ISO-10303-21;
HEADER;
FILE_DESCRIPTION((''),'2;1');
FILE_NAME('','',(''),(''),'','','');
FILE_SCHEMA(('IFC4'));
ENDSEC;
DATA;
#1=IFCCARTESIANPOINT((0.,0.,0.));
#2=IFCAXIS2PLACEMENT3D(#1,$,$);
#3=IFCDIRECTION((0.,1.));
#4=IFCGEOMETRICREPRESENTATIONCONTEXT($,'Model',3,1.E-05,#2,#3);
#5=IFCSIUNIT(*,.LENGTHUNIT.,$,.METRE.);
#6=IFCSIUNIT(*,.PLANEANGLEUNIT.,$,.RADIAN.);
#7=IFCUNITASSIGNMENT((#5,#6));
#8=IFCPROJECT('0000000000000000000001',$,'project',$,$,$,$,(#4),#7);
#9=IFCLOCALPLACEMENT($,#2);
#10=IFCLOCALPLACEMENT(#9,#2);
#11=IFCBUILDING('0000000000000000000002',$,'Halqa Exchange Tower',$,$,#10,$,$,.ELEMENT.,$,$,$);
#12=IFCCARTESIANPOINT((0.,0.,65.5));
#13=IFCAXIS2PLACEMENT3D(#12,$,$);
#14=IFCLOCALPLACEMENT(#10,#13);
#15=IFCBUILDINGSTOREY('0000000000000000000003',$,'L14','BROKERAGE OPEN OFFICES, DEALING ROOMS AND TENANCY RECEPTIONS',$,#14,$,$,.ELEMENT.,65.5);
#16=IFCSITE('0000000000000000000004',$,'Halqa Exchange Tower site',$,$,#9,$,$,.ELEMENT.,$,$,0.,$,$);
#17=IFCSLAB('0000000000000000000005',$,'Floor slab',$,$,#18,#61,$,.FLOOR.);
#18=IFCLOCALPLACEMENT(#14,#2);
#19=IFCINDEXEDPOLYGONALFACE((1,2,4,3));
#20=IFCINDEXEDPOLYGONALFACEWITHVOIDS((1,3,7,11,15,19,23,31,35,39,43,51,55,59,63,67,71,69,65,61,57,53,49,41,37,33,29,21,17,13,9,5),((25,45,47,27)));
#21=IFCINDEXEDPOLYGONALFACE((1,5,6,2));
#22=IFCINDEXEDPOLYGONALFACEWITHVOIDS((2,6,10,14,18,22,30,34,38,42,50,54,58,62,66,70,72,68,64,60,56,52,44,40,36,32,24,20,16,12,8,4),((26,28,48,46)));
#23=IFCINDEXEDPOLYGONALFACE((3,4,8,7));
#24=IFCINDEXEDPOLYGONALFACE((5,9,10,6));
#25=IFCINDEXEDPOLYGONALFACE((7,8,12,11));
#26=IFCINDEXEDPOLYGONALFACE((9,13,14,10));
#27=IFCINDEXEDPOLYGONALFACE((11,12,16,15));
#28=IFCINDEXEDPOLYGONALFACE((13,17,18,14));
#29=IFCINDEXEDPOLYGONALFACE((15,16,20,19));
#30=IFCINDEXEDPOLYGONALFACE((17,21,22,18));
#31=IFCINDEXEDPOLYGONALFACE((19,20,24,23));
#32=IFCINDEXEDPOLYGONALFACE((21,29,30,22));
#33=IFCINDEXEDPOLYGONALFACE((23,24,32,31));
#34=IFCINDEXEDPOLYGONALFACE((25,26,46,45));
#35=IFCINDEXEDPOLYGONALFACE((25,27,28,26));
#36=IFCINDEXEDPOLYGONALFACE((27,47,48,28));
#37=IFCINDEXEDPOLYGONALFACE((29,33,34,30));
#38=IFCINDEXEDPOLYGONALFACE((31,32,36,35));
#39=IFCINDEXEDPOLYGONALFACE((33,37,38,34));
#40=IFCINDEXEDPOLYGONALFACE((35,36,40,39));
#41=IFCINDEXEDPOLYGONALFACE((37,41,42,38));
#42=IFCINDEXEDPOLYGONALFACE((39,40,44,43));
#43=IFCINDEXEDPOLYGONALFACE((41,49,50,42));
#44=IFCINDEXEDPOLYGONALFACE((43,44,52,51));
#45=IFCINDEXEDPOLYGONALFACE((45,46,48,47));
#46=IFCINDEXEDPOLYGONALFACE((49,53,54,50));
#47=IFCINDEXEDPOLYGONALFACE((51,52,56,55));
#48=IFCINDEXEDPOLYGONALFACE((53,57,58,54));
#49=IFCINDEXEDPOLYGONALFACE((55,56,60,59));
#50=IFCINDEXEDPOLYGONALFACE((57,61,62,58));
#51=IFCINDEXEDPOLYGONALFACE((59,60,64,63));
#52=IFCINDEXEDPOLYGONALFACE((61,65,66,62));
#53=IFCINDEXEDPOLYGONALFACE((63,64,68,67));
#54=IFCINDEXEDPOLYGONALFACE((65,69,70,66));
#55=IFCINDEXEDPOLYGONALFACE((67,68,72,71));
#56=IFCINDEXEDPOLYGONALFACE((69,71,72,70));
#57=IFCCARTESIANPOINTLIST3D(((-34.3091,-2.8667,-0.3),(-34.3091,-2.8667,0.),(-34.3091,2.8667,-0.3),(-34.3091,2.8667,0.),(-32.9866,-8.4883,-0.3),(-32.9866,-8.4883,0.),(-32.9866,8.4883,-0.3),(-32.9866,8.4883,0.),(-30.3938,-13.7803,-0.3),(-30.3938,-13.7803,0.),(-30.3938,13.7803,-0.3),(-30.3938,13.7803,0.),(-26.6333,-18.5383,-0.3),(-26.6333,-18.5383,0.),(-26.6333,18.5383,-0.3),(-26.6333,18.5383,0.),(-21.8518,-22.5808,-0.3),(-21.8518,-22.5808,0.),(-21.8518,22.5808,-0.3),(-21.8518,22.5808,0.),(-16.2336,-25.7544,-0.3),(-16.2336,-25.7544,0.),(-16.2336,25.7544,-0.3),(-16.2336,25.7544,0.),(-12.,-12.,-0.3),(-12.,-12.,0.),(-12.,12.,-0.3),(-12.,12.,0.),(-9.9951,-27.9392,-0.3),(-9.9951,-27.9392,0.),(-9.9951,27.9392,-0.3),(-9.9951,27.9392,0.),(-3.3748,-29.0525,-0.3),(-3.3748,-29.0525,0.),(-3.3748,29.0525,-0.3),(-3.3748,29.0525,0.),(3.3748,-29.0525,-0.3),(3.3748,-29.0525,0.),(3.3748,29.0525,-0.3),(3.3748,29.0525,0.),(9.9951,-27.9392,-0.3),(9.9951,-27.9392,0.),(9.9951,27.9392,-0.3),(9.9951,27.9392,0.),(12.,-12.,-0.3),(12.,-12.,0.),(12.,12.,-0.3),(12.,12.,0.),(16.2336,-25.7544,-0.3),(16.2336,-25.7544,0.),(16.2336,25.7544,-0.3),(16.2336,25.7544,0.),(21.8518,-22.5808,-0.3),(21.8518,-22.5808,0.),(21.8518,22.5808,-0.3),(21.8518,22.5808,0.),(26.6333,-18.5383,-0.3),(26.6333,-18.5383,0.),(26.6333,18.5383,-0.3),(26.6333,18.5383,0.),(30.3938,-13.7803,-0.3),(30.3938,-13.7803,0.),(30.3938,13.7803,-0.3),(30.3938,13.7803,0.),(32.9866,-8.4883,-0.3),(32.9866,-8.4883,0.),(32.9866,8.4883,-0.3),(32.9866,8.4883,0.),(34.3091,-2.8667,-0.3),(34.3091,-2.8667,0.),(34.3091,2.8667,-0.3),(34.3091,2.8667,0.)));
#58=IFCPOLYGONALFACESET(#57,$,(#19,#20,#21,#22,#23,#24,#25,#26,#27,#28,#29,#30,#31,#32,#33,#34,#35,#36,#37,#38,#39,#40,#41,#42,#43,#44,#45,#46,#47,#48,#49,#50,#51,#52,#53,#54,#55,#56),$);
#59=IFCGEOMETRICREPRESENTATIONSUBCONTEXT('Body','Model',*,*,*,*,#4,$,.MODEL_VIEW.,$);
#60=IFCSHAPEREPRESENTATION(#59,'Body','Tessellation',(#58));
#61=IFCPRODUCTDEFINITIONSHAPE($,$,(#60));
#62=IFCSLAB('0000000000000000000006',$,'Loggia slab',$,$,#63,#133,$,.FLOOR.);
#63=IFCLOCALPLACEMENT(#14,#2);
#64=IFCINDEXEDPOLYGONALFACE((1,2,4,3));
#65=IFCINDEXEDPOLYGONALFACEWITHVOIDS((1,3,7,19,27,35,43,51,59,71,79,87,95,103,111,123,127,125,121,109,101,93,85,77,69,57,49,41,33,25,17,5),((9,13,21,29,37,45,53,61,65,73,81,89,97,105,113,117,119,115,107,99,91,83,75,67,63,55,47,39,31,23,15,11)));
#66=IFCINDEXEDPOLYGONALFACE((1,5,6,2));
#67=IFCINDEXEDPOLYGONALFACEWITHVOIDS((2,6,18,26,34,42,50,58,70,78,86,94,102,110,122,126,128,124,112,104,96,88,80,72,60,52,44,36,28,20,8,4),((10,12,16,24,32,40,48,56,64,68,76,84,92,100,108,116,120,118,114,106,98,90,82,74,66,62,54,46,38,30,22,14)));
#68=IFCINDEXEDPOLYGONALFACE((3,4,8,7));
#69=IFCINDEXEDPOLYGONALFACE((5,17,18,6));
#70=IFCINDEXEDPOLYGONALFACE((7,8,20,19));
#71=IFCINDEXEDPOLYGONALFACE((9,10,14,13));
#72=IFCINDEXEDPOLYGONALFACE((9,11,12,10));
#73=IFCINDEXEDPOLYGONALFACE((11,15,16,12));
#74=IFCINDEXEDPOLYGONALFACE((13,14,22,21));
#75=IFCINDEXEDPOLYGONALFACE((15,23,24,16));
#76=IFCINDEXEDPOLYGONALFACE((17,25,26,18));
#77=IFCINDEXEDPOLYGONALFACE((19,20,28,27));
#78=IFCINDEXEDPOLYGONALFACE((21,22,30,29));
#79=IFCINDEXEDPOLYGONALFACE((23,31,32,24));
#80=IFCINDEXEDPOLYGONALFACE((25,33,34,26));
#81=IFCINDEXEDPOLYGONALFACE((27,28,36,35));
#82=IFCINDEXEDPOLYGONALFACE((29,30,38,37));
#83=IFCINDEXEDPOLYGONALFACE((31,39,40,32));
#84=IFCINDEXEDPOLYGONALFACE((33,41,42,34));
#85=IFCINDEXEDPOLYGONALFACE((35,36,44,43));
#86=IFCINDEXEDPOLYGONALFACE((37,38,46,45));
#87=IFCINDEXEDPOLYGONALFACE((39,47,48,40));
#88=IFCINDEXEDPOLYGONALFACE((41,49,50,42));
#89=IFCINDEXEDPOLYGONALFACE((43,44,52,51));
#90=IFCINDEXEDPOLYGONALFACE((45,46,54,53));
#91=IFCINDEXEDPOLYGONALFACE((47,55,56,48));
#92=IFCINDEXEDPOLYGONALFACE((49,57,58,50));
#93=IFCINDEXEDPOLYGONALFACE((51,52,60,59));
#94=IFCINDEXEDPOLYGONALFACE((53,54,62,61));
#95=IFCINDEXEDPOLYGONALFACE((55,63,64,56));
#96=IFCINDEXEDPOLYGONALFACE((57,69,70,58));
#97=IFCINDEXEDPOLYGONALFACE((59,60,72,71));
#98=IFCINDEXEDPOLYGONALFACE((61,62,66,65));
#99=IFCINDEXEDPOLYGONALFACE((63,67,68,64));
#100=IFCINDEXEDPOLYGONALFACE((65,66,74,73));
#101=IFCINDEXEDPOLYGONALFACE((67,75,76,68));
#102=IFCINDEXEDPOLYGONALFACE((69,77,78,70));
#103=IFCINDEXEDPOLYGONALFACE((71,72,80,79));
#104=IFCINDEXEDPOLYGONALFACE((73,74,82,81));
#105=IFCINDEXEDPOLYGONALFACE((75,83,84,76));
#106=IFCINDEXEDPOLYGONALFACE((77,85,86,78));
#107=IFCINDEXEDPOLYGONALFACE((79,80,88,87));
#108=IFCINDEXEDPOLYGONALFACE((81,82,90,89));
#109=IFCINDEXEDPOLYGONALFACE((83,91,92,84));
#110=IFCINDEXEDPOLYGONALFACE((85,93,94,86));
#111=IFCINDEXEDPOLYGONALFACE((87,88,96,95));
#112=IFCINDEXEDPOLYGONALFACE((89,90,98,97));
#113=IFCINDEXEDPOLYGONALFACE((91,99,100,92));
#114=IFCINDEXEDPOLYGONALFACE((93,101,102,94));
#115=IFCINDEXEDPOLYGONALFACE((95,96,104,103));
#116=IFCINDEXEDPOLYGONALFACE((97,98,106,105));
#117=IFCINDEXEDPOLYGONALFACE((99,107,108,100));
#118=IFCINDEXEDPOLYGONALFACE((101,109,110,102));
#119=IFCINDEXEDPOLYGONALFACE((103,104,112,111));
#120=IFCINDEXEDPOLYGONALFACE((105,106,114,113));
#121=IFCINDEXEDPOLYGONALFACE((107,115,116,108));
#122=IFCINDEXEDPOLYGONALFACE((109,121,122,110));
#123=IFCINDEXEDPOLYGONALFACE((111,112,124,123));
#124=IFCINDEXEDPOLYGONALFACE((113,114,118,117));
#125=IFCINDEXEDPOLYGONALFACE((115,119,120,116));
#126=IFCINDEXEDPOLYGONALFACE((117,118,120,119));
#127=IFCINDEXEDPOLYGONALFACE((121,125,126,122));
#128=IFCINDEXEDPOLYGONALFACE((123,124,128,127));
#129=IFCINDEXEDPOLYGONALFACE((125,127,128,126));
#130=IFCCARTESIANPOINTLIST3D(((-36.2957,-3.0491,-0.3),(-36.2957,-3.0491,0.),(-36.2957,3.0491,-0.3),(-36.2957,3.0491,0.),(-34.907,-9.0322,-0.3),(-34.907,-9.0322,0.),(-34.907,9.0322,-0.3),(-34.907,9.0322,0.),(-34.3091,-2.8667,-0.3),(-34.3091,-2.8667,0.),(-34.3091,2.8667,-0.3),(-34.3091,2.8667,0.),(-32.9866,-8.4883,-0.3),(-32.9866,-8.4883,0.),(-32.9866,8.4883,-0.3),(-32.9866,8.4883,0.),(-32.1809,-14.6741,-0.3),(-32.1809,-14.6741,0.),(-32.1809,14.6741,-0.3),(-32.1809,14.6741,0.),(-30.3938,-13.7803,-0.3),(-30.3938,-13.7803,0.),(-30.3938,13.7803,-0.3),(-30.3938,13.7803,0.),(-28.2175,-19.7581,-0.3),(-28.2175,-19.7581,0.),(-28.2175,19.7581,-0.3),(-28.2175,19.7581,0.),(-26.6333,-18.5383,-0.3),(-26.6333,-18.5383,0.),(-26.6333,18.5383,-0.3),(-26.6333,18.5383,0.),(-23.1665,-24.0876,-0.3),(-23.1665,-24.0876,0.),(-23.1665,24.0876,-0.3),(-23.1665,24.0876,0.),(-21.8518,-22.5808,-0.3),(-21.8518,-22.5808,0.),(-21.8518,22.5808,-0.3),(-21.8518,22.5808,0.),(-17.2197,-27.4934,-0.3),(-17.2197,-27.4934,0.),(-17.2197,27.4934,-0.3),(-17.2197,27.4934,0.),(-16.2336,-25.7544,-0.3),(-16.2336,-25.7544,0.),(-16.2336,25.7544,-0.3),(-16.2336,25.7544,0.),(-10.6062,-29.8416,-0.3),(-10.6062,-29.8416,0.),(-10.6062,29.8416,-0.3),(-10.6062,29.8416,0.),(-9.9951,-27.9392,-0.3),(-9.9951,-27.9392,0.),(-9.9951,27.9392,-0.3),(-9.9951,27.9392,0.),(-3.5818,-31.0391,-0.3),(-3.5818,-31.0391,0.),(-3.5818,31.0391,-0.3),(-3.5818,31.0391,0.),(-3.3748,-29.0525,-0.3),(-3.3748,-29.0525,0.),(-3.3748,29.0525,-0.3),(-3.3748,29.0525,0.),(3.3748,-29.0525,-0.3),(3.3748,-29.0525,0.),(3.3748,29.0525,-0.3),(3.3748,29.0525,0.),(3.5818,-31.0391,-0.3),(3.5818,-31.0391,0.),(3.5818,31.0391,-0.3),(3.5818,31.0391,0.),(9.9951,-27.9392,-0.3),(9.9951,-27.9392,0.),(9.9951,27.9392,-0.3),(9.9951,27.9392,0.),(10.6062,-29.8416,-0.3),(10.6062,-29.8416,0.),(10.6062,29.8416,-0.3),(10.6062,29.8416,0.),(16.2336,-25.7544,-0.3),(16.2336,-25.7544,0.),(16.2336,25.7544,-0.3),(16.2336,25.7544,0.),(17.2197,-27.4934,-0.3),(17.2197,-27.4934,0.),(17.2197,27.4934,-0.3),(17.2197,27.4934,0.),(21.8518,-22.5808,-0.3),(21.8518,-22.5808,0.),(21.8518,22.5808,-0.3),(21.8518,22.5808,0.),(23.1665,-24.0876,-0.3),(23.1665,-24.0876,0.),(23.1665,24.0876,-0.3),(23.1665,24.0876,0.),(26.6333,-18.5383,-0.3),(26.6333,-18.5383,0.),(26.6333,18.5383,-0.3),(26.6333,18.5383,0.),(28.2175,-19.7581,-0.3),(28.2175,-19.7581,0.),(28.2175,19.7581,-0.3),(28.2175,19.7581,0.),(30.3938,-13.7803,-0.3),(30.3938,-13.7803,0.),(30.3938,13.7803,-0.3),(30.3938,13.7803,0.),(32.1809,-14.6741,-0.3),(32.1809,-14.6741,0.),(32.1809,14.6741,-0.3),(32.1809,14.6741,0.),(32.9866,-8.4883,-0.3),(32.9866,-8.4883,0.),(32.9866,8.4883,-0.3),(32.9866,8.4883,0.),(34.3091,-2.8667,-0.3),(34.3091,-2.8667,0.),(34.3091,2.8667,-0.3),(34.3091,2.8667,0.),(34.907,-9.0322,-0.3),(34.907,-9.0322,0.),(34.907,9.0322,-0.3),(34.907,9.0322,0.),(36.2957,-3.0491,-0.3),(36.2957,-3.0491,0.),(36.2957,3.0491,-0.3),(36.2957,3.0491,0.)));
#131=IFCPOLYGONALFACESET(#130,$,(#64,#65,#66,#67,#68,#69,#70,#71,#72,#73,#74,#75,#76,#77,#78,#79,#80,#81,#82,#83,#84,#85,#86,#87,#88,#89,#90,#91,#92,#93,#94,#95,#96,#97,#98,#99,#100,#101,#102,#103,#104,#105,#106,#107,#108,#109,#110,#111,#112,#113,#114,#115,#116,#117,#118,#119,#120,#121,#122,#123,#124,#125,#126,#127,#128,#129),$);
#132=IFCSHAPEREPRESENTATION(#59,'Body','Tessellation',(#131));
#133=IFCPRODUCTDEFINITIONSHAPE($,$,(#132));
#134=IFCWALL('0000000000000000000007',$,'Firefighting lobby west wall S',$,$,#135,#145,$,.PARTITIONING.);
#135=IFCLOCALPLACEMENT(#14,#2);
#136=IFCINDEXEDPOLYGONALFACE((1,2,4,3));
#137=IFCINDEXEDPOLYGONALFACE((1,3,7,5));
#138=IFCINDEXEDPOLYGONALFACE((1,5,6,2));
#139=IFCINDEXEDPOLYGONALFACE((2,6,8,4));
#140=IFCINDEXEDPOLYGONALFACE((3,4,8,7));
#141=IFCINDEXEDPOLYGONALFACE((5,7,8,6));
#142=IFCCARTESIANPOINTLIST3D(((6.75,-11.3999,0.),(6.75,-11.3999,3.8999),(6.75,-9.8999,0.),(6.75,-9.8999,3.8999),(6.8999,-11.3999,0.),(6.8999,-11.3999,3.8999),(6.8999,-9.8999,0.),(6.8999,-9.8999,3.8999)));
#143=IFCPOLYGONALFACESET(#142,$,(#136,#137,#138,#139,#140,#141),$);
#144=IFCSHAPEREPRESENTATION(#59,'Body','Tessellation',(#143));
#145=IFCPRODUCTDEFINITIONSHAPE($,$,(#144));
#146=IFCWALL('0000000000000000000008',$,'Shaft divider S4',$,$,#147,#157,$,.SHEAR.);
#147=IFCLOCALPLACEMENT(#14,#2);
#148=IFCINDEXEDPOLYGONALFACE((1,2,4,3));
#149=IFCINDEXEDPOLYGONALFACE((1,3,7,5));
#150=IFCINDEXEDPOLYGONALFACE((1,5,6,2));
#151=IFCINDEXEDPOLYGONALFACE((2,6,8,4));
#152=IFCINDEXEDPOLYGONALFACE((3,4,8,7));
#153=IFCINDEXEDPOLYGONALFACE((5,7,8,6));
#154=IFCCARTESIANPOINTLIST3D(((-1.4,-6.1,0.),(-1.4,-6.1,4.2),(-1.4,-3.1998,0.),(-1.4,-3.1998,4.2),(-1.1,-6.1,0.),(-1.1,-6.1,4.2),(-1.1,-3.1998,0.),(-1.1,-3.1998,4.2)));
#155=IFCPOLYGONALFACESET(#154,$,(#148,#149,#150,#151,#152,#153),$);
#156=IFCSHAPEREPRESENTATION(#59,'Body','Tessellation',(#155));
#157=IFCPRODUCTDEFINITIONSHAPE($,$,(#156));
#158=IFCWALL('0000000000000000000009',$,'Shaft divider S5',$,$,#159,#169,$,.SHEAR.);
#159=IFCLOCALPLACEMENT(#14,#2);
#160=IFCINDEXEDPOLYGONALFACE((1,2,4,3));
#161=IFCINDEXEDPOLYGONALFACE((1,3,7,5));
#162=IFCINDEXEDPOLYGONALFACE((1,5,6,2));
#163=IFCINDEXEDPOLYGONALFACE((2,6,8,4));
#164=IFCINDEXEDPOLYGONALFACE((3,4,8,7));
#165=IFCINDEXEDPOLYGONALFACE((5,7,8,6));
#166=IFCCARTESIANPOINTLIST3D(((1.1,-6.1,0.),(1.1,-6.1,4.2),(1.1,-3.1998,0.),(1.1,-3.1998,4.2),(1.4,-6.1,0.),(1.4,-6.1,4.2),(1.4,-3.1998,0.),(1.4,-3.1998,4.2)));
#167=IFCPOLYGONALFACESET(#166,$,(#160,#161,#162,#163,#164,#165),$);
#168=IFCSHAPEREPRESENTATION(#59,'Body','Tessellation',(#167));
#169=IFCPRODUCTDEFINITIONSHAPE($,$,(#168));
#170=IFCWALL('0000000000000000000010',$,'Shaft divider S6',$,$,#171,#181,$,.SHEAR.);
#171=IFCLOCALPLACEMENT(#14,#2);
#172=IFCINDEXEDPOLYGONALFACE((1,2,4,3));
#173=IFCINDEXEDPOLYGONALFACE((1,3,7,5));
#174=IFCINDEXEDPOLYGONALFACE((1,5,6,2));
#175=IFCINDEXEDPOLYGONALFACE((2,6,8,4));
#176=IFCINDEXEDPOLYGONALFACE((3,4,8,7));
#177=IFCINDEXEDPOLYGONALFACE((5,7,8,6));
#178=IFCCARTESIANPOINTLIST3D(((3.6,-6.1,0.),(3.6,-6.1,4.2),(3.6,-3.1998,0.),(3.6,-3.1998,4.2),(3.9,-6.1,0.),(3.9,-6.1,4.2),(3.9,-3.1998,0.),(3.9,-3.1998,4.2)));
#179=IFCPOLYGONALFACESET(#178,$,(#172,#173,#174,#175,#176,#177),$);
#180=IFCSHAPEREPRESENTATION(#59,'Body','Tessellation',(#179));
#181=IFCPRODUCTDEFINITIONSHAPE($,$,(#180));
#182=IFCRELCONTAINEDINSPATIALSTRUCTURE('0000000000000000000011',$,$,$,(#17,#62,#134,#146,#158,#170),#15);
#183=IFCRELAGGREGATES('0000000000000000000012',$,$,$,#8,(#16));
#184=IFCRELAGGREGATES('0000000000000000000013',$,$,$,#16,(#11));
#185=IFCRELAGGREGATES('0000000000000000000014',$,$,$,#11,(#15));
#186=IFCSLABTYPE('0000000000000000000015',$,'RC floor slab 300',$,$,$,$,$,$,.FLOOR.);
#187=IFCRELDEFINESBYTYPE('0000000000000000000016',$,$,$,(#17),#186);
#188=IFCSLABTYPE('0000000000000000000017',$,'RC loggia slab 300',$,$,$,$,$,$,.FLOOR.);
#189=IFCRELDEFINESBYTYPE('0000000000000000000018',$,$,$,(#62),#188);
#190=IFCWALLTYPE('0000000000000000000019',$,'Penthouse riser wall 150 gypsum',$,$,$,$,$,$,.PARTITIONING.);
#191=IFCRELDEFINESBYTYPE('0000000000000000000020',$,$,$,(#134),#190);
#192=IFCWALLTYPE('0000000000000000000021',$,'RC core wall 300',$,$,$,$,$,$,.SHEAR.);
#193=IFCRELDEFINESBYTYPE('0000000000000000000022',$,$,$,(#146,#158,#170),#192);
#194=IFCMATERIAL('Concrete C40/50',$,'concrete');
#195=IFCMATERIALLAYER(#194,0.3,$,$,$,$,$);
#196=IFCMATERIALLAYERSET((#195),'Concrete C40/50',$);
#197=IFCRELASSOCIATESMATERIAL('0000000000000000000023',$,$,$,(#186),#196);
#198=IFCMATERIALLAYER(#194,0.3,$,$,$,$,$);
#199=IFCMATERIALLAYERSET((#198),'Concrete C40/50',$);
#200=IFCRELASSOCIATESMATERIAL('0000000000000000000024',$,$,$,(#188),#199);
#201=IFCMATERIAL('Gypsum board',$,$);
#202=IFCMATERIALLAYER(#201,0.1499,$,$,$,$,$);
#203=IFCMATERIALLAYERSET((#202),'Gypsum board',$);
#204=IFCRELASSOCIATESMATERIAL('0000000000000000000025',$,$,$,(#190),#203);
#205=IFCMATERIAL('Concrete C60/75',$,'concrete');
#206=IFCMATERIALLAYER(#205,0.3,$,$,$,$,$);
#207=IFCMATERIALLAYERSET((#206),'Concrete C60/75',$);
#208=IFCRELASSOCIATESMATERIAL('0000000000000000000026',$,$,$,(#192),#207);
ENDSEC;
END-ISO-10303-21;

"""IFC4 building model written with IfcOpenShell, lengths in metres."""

from ifc_helpers import new_model, si_unit, direction, frame, frame_2d, origin, place, context, subcontext, project, spatial, polyline, rectangle, outline, extrude, material, layer, layer_set, type_object, element, save


model = new_model("IFC4")

# Units and contexts
model_context = context("Model", 3, precision=1e-05, world=origin(), true_north=direction((0.0, 1.0)))
body_context = subcontext(model_context, "Body", "Model", "MODEL_VIEW")
ifc_project = project(units=[si_unit("LENGTHUNIT", "METRE"), si_unit("PLANEANGLEUNIT", "RADIAN")], contexts=[model_context])

# Site, building, storey
site_placement = place(None, origin())
site = spatial("IfcSite", under=ifc_project, at=site_placement, Name="Halqa Exchange Tower site", CompositionType="ELEMENT", RefElevation=0.0)
building_placement = place(site_placement, origin())
building = spatial("IfcBuilding", under=site, at=building_placement, Name="Halqa Exchange Tower", CompositionType="ELEMENT")
storey_placement = place(building_placement, frame((0.0, 0.0, 65.5)))
storey = spatial("IfcBuildingStorey", under=building, at=storey_placement, Name="L14", Description="BROKERAGE OPEN OFFICES, DEALING ROOMS AND TENANCY RECEPTIONS", CompositionType="ELEMENT", Elevation=65.5)

# Shared definitions
ifc_material_1 = material(Name="Concrete C60/75", Category="concrete")

# Slabs
ifc_material_2 = material(Name="Concrete C40/50", Category="concrete")
ifc_layer_1 = layer(ifc_material_2, 0.3)
ifc_layer_set_1 = layer_set([ifc_layer_1], Name="Concrete C40/50")
slab_type_1 = type_object("IfcSlabType", Name="RC floor slab 300", PredefinedType="FLOOR", material=ifc_layer_set_1)
slab_1_placement = place(storey_placement, frame((0.0, 0.0, -0.3)))
element("IfcSlab", 1, at=slab_1_placement, inside=storey, type_object=slab_type_1, Name="Floor slab", PredefinedType="FLOOR", context=body_context, shape_type="SweptSolid", body=[
    extrude(outline(polyline([(34.3091, 2.8667), (32.9866, 8.4883), (30.3938, 13.7803), (26.6333, 18.5383), (21.8518, 22.5808), (16.2336, 25.7544), (9.9951, 27.9392), (3.3748, 29.0525), (-3.3748, 29.0525), (-9.9951, 27.9392), (-16.2336, 25.7544), (-21.8518, 22.5808), (-26.6333, 18.5383), (-30.3938, 13.7803), (-32.9866, 8.4883), (-34.3091, 2.8667), (-34.3091, -2.8667), (-32.9866, -8.4883), (-30.3938, -13.7803), (-26.6333, -18.5383), (-21.8518, -22.5808), (-16.2336, -25.7544), (-9.9951, -27.9392), (-3.3748, -29.0525), (3.3748, -29.0525), (9.9951, -27.9392), (16.2336, -25.7544), (21.8518, -22.5808), (26.6333, -18.5383), (30.3938, -13.7803), (32.9866, -8.4883), (34.3091, -2.8667), (34.3091, 2.8667)]), holes=[polyline([(-12.0, -12.0), (12.0, -12.0), (12.0, 12.0), (-12.0, 12.0), (-12.0, -12.0)])]), origin(), (0.0, 0.0, 1.0), 0.3),
])
ifc_layer_2 = layer(ifc_material_2, 0.3)
ifc_layer_set_2 = layer_set([ifc_layer_2], Name="Concrete C40/50")
slab_type_2 = type_object("IfcSlabType", Name="RC loggia slab 300", PredefinedType="FLOOR", material=ifc_layer_set_2)
slab_2_placement = place(storey_placement, frame((0.0, 0.0, -0.3)))
element("IfcSlab", 2, at=slab_2_placement, inside=storey, type_object=slab_type_2, Name="Loggia slab", PredefinedType="FLOOR", context=body_context, shape_type="SweptSolid", body=[
    extrude(outline(polyline([(36.2957, 3.0491), (36.2957, -3.0491), (34.907, -9.0322), (32.1809, -14.6741), (28.2175, -19.7581), (23.1665, -24.0876), (17.2197, -27.4934), (10.6062, -29.8416), (3.5818, -31.0391), (-3.5818, -31.0391), (-10.6062, -29.8416), (-17.2197, -27.4934), (-23.1665, -24.0876), (-28.2175, -19.7581), (-32.1809, -14.6741), (-34.907, -9.0322), (-36.2957, -3.0491), (-36.2957, 3.0491), (-34.907, 9.0322), (-32.1809, 14.6741), (-28.2175, 19.7581), (-23.1665, 24.0876), (-17.2197, 27.4934), (-10.6062, 29.8416), (-3.5818, 31.0391), (3.5818, 31.0391), (10.6062, 29.8416), (17.2197, 27.4934), (23.1665, 24.0876), (28.2175, 19.7581), (32.1809, 14.6741), (34.907, 9.0322), (36.2957, 3.0491)]), holes=[polyline([(34.3091, 2.8667), (32.9866, 8.4883), (30.3938, 13.7803), (26.6333, 18.5383), (21.8518, 22.5808), (16.2336, 25.7544), (9.9951, 27.9392), (3.3748, 29.0525), (-3.3748, 29.0525), (-9.9951, 27.9392), (-16.2336, 25.7544), (-21.8518, 22.5808), (-26.6333, 18.5383), (-30.3938, 13.7803), (-32.9866, 8.4883), (-34.3091, 2.8667), (-34.3091, -2.8667), (-32.9866, -8.4883), (-30.3938, -13.7803), (-26.6333, -18.5383), (-21.8518, -22.5808), (-16.2336, -25.7544), (-9.9951, -27.9392), (-3.3748, -29.0525), (3.3748, -29.0525), (9.9951, -27.9392), (16.2336, -25.7544), (21.8518, -22.5808), (26.6333, -18.5383), (30.3938, -13.7803), (32.9866, -8.4883), (34.3091, -2.8667), (34.3091, 2.8667)])]), origin(), (0.0, 0.0, 1.0), 0.3),
])

# Walls
ifc_material_3 = material(Name="Gypsum board")
ifc_layer_3 = layer(ifc_material_3, 0.1499)
ifc_layer_set_3 = layer_set([ifc_layer_3], Name="Gypsum board")
wall_type_1 = type_object("IfcWallType", Name="Penthouse riser wall 150 gypsum", PredefinedType="PARTITIONING", material=ifc_layer_set_3)
wall_1_placement = place(storey_placement, frame((6.825, -11.3999, 0.0), z_axis=(0.0, 0.0, 1.0), x_axis=(0.0, 1.0, 0.0)))
element("IfcWall", 3, at=wall_1_placement, inside=storey, type_object=wall_type_1, Name="Firefighting lobby west wall S", PredefinedType="PARTITIONING", context=body_context, shape_type="SweptSolid", body=[
    extrude(rectangle(XDim=1.5, YDim=0.1499, at=frame_2d((0.75, 0.0))), origin(), (0.0, 0.0, 1.0), 3.8999),
])
ifc_layer_4 = layer(ifc_material_1, 0.3)
ifc_layer_set_4 = layer_set([ifc_layer_4], Name="Concrete C60/75")
wall_type_2 = type_object("IfcWallType", Name="RC core wall 300", PredefinedType="SHEAR", material=ifc_layer_set_4)
for number, where, z_axis, x_axis, name in (
    (4, (-1.25, -6.1001, 0.0), (0.0, 0.0, 1.0), (0.0, 1.0, 0.0), "Shaft divider S4"),
    (5, (1.25, -6.1001, 0.0), (0.0, 0.0, 1.0), (0.0, 1.0, 0.0), "Shaft divider S5"),
    (6, (3.75, -6.1001, 0.0), (0.0, 0.0, 1.0), (0.0, 1.0, 0.0), "Shaft divider S6"),
):
    element("IfcWall", number, at=place(storey_placement, frame(where, z_axis=z_axis, x_axis=x_axis)), inside=storey, type_object=wall_type_2, Name=name, PredefinedType="SHEAR", context=body_context, shape_type="SweptSolid", body=[
        extrude(rectangle(XDim=2.9001, YDim=0.3, at=frame_2d((1.4502, 0.0))), origin(), (0.0, 0.0, 1.0), 4.2),
    ])

save(model, "model.ifc")
